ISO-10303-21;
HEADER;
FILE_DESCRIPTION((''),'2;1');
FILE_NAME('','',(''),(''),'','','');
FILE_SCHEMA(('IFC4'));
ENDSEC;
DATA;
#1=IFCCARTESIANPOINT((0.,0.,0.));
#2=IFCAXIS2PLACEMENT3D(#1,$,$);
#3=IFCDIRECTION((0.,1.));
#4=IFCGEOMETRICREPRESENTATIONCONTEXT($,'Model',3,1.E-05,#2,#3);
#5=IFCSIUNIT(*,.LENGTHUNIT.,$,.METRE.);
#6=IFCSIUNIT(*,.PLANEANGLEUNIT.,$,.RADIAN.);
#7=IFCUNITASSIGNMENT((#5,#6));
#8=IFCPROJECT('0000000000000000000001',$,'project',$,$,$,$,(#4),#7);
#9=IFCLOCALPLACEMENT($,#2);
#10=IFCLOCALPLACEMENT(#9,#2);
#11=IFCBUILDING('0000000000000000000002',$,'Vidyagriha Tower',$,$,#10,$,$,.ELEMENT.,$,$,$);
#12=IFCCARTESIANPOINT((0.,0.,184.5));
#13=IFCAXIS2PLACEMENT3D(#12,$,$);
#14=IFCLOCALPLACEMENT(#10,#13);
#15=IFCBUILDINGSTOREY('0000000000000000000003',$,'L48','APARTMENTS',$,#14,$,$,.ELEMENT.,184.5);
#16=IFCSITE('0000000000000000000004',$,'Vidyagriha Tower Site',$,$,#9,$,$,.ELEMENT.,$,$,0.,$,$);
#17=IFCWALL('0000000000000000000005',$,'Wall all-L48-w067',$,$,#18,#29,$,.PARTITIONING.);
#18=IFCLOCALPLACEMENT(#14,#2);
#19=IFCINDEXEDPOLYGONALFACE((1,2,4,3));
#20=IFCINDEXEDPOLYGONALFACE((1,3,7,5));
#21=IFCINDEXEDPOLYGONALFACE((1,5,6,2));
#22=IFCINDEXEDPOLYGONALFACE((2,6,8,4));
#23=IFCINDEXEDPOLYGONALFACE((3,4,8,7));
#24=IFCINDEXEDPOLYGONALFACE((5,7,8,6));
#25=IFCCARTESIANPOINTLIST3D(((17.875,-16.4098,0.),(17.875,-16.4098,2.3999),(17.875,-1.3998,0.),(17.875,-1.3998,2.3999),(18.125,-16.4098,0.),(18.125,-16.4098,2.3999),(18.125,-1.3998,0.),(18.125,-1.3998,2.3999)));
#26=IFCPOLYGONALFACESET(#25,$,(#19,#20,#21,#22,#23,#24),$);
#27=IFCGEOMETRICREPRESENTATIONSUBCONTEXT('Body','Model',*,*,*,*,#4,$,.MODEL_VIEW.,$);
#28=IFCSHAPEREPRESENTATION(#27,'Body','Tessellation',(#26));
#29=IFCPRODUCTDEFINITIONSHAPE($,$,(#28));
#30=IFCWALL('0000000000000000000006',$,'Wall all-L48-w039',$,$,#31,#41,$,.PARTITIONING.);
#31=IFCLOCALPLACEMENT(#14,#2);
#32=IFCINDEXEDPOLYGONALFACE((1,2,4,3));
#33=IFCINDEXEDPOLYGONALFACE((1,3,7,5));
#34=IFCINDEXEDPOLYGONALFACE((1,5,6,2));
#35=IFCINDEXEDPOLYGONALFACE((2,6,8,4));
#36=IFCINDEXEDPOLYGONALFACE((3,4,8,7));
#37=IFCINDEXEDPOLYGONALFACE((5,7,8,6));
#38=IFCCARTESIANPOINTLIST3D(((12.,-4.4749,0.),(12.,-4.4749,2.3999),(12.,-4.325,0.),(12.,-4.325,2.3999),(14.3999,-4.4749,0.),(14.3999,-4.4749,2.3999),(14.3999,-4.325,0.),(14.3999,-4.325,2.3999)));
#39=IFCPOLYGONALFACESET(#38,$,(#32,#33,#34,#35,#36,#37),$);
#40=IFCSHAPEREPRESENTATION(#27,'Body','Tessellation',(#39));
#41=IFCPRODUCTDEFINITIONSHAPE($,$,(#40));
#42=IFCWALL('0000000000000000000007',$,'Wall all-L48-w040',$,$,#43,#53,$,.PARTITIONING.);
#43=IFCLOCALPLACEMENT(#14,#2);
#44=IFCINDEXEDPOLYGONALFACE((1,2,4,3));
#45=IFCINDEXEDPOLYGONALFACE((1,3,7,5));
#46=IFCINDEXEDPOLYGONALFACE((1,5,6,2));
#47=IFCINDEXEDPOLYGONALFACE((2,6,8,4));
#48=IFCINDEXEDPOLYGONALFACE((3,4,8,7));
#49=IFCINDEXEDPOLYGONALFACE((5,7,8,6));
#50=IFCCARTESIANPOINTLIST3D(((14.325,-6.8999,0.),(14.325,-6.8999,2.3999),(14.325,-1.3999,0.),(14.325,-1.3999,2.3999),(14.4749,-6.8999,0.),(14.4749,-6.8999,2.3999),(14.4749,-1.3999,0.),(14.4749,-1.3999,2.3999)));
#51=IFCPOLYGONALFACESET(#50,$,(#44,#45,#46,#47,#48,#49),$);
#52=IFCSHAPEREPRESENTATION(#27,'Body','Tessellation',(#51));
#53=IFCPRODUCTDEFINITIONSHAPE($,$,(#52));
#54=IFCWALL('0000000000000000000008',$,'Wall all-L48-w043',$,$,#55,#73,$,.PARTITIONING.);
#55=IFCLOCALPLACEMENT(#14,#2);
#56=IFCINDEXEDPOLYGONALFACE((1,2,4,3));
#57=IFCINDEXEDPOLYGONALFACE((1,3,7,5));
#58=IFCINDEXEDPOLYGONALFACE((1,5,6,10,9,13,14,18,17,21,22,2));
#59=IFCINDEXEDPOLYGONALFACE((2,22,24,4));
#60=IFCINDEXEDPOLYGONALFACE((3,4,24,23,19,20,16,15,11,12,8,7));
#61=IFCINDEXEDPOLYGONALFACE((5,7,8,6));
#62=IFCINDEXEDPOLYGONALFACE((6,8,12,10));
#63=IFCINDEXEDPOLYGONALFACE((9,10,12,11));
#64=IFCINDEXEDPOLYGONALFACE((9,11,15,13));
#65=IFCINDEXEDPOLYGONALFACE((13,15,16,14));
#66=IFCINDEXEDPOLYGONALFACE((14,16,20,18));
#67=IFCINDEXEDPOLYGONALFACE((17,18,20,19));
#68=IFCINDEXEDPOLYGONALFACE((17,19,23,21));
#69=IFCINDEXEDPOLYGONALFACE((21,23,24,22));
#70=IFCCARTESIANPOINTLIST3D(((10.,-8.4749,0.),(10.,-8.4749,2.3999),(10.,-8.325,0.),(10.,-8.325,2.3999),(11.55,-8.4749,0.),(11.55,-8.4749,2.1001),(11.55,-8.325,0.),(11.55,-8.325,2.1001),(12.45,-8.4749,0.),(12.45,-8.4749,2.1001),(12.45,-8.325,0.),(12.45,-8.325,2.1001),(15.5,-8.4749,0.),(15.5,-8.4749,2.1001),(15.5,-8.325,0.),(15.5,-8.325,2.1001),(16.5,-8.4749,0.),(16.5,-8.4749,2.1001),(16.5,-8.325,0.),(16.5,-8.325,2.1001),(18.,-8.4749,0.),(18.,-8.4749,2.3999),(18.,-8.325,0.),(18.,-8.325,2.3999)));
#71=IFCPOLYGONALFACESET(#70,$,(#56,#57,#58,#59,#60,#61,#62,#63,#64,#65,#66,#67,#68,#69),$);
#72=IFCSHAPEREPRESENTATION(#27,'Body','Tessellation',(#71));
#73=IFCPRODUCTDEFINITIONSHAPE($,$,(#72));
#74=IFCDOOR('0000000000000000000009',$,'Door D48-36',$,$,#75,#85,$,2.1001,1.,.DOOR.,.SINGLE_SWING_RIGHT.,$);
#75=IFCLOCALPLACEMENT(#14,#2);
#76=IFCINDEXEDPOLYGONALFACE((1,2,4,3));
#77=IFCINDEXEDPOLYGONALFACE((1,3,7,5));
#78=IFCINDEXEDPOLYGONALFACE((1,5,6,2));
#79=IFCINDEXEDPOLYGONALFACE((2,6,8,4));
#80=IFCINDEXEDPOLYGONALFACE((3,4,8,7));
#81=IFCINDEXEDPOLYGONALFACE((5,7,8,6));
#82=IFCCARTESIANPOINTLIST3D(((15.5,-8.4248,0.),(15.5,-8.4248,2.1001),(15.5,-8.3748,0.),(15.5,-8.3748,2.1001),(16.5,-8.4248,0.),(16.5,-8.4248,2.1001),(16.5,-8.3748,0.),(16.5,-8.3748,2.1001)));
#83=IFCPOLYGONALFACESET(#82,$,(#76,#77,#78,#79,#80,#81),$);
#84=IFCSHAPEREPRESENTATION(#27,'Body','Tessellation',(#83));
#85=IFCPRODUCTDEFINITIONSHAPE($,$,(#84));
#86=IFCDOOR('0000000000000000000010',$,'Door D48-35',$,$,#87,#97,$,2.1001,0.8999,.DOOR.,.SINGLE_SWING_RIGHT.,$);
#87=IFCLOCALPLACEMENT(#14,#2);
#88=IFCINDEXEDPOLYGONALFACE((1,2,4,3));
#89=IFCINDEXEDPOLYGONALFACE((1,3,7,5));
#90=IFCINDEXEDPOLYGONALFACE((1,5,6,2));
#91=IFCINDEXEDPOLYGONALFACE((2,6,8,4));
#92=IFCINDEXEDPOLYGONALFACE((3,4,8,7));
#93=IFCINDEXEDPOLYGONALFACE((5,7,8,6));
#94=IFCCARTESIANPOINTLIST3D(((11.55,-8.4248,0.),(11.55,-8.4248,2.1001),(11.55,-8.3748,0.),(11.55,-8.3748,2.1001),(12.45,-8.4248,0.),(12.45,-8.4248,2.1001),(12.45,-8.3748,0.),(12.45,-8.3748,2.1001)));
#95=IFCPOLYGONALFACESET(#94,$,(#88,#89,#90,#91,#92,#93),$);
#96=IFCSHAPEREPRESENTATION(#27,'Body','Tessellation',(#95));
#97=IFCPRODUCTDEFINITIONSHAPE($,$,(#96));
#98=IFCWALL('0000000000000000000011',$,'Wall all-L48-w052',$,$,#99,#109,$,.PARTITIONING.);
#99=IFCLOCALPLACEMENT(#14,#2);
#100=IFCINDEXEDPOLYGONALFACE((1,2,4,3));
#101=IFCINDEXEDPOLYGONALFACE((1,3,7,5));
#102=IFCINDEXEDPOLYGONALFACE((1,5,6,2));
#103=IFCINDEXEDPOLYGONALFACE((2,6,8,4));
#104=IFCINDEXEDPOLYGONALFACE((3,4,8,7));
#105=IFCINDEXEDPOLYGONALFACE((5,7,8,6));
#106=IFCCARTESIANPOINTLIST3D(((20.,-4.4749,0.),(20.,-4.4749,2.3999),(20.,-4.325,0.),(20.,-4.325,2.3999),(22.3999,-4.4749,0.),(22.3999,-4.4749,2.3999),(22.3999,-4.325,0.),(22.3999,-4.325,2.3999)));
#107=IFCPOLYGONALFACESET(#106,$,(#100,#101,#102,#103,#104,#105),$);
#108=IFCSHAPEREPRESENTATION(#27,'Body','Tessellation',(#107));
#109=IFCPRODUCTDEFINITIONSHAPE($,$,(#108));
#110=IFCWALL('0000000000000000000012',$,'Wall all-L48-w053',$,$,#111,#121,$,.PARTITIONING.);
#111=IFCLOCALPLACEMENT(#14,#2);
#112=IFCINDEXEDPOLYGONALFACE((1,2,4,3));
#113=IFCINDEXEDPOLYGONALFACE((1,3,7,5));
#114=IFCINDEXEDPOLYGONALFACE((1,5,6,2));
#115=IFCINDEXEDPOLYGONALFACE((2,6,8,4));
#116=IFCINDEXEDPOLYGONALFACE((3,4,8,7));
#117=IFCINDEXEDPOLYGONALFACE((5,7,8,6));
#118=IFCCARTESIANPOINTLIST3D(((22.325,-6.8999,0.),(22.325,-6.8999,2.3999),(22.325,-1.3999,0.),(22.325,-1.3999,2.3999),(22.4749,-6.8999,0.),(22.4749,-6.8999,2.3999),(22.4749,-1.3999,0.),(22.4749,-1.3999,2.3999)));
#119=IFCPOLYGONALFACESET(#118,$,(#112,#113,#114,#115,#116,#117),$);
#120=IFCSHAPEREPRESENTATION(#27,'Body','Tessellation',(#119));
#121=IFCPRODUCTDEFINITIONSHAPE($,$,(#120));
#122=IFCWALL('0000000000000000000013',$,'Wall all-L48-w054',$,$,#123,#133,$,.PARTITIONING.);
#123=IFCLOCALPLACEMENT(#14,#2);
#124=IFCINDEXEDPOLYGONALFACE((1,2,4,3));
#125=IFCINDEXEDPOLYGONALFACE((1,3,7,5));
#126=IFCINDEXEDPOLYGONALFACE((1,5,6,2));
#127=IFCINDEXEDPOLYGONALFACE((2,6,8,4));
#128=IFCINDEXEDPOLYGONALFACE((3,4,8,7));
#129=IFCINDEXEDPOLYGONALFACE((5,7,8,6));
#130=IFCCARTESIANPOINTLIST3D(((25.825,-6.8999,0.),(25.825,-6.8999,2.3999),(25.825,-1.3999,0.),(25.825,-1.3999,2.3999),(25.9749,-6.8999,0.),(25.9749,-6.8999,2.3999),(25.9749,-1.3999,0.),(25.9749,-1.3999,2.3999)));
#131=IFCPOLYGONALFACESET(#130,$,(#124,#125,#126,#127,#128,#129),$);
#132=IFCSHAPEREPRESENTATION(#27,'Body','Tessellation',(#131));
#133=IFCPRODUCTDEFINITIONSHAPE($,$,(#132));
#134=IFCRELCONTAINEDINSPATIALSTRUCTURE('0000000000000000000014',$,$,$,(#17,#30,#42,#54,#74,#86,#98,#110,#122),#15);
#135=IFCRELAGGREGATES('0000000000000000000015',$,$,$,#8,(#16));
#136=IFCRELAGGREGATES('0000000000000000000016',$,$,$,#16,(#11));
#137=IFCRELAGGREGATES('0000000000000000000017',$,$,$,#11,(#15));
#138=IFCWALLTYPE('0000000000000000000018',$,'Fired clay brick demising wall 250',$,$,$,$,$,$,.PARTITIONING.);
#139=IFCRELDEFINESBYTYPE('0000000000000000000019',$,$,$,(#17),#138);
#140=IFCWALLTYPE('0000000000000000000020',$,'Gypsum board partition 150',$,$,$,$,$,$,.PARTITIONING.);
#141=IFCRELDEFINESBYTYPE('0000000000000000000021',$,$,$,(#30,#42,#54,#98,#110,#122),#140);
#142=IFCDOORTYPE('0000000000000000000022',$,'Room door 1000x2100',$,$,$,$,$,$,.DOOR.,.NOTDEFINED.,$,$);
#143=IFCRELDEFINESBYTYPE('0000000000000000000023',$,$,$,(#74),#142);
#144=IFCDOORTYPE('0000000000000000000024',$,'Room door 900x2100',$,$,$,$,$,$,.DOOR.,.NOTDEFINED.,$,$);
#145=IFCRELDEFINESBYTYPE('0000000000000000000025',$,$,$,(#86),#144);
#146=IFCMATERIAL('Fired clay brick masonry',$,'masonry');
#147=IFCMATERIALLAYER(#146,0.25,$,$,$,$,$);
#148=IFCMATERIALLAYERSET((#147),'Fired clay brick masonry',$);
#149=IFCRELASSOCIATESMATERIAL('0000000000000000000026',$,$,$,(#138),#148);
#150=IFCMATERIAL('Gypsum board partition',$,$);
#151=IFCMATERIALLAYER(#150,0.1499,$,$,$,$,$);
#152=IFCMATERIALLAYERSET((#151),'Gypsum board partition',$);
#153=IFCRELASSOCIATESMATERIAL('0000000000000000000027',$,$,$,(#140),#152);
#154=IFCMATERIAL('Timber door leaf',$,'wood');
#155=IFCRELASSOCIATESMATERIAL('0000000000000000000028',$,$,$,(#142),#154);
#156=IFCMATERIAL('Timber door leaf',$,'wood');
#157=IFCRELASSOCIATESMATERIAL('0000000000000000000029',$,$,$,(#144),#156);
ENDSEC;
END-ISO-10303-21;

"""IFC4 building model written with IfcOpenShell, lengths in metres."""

from ifc_helpers import new_model, si_unit, direction, frame, frame_2d, origin, place, context, subcontext, project, spatial, rectangle, extrude, material, layer, layer_set, type_object, element, fill, save


model = new_model("IFC4")

# Units and contexts
model_context = context("Model", 3, precision=1e-05, world=origin(), true_north=direction((0.0, 1.0)))
body_context = subcontext(model_context, "Body", "Model", "MODEL_VIEW")
ifc_project = project(units=[si_unit("LENGTHUNIT", "METRE"), si_unit("PLANEANGLEUNIT", "RADIAN")], contexts=[model_context])

# Site, building, storey
site_placement = place(None, origin())
site = spatial("IfcSite", under=ifc_project, at=site_placement, Name="Vidyagriha Tower Site", CompositionType="ELEMENT", RefElevation=0.0)
building_placement = place(site_placement, origin())
building = spatial("IfcBuilding", under=site, at=building_placement, Name="Vidyagriha Tower", CompositionType="ELEMENT")
storey_placement = place(building_placement, frame((0.0, 0.0, 184.5)))
storey = spatial("IfcBuildingStorey", under=building, at=storey_placement, Name="L48", Description="APARTMENTS", CompositionType="ELEMENT", Elevation=184.5)

# Walls
ifc_material_1 = material(Name="Fired clay brick masonry", Category="masonry")
ifc_layer_1 = layer(ifc_material_1, 0.25)
ifc_layer_set_1 = layer_set([ifc_layer_1], Name="Fired clay brick masonry")
wall_type_1 = type_object("IfcWallType", Name="Fired clay brick demising wall 250", PredefinedType="PARTITIONING", material=ifc_layer_set_1)
wall_1_placement = place(storey_placement, frame((18.0, -1.3999, 0.0), z_axis=(0.0, 0.0, 1.0), x_axis=(0.0, -1.0, 0.0)))
element("IfcWall", 1, at=wall_1_placement, inside=storey, type_object=wall_type_1, Name="Wall all-L48-w067", PredefinedType="PARTITIONING", context=body_context, shape_type="SweptSolid", body=[
    extrude(rectangle(XDim=15.01, YDim=0.25, at=frame_2d((7.5049, 0.0))), origin(), (0.0, 0.0, 1.0), 2.3999),
])
ifc_material_2 = material(Name="Gypsum board partition")
ifc_layer_2 = layer(ifc_material_2, 0.1499)
ifc_layer_set_2 = layer_set([ifc_layer_2], Name="Gypsum board partition")
wall_type_2 = type_object("IfcWallType", Name="Gypsum board partition 150", PredefinedType="PARTITIONING", material=ifc_layer_set_2)
wall_2_placement = place(storey_placement, frame((14.3999, -4.3999, 0.0), z_axis=(0.0, 0.0, 1.0), x_axis=(-1.0, 0.0, 0.0)))
element("IfcWall", 2, at=wall_2_placement, inside=storey, type_object=wall_type_2, Name="Wall all-L48-w039", PredefinedType="PARTITIONING", context=body_context, shape_type="SweptSolid", body=[
    extrude(rectangle(XDim=2.3999, YDim=0.1499, at=frame_2d((1.2, 0.0))), origin(), (0.0, 0.0, 1.0), 2.3999),
])
wall_3_placement = place(storey_placement, frame((14.3999, -1.3999, 0.0), z_axis=(0.0, 0.0, 1.0), x_axis=(0.0, -1.0, 0.0)))
element("IfcWall", 3, at=wall_3_placement, inside=storey, type_object=wall_type_2, Name="Wall all-L48-w040", PredefinedType="PARTITIONING", context=body_context, shape_type="SweptSolid", body=[
    extrude(rectangle(XDim=5.5, YDim=0.1499, at=frame_2d((2.75, 0.0))), origin(), (0.0, 0.0, 1.0), 2.3999),
])

# Wall, openings, doors
wall_4_placement = place(storey_placement, frame((18.0, -8.3999, 0.0), z_axis=(0.0, 0.0, 1.0), x_axis=(-1.0, 0.0, 0.0)))
wall_4 = element("IfcWall", 4, at=wall_4_placement, inside=storey, type_object=wall_type_2, Name="Wall all-L48-w043", PredefinedType="PARTITIONING", context=body_context, shape_type="SweptSolid", body=[
    extrude(rectangle(XDim=8.0, YDim=0.1499, at=frame_2d((4.0, 0.0))), origin(), (0.0, 0.0, 1.0), 2.3999),
])
opening_1_placement = place(wall_4_placement, frame((5.55, 0.0, 0.0)))
opening_1 = element("IfcOpeningElement", 5, at=opening_1_placement, cuts=wall_4, PredefinedType="OPENING", context=body_context, shape_type="SweptSolid", body=[
    extrude(rectangle(XDim=0.8999, YDim=2.1001, at=frame_2d((0.45, 1.05))), frame((0.0, 0.085, 0.0), z_axis=(0.0, -1.0, 0.0), x_axis=(1.0, 0.0, 0.0)), (0.0, 0.0, 1.0), 0.1699),
])
opening_2_placement = place(wall_4_placement, frame((1.5, 0.0, 0.0)))
opening_2 = element("IfcOpeningElement", 6, at=opening_2_placement, cuts=wall_4, PredefinedType="OPENING", context=body_context, shape_type="SweptSolid", body=[
    extrude(rectangle(XDim=1.0, YDim=2.1001, at=frame_2d((0.5, 1.05))), frame((0.0, 0.085, 0.0), z_axis=(0.0, -1.0, 0.0), x_axis=(1.0, 0.0, 0.0)), (0.0, 0.0, 1.0), 0.1699),
])
ifc_material_3 = material(Name="Timber door leaf", Category="wood")
door_type_1 = type_object("IfcDoorType", Name="Room door 1000x2100", OperationType="NOTDEFINED", PredefinedType="DOOR", material=ifc_material_3)
door_1_placement = place(opening_2_placement, origin())
door_1 = element("IfcDoor", 7, at=door_1_placement, inside=storey, type_object=door_type_1, Name="Door D48-36", OperationType="SINGLE_SWING_RIGHT", OverallHeight=2.1001, OverallWidth=1.0, PredefinedType="DOOR", context=body_context, shape_type="SweptSolid", body=[
    extrude(rectangle(XDim=1.0, YDim=2.1001, at=frame_2d((0.5, 1.05))), frame((0.0, 0.0249, 0.0), z_axis=(0.0, -1.0, 0.0), x_axis=(1.0, 0.0, 0.0)), (0.0, 0.0, 1.0), 0.05),
])
fill(opening_2, door_1)
ifc_material_4 = material(Name="Timber door leaf", Category="wood")
door_type_2 = type_object("IfcDoorType", Name="Room door 900x2100", OperationType="NOTDEFINED", PredefinedType="DOOR", material=ifc_material_4)
door_2_placement = place(opening_1_placement, origin())
door_2 = element("IfcDoor", 8, at=door_2_placement, inside=storey, type_object=door_type_2, Name="Door D48-35", OperationType="SINGLE_SWING_RIGHT", OverallHeight=2.1001, OverallWidth=0.8999, PredefinedType="DOOR", context=body_context, shape_type="SweptSolid", body=[
    extrude(rectangle(XDim=0.8999, YDim=2.1001, at=frame_2d((0.45, 1.05))), frame((0.0, 0.0249, 0.0), z_axis=(0.0, -1.0, 0.0), x_axis=(1.0, 0.0, 0.0)), (0.0, 0.0, 1.0), 0.05),
])
fill(opening_1, door_2)

# Walls
wall_5_placement = place(storey_placement, frame((22.3999, -4.3999, 0.0), z_axis=(0.0, 0.0, 1.0), x_axis=(-1.0, 0.0, 0.0)))
element("IfcWall", 9, at=wall_5_placement, inside=storey, type_object=wall_type_2, Name="Wall all-L48-w052", PredefinedType="PARTITIONING", context=body_context, shape_type="SweptSolid", body=[
    extrude(rectangle(XDim=2.3999, YDim=0.1499, at=frame_2d((1.2, 0.0))), origin(), (0.0, 0.0, 1.0), 2.3999),
])
for number, where, z_axis, x_axis, name in (
    (10, (22.3999, -1.3999, 0.0), (0.0, 0.0, 1.0), (0.0, -1.0, 0.0), "Wall all-L48-w053"),
    (11, (25.8999, -1.3999, 0.0), (0.0, 0.0, 1.0), (0.0, -1.0, 0.0), "Wall all-L48-w054"),
):
    element("IfcWall", number, at=place(storey_placement, frame(where, z_axis=z_axis, x_axis=x_axis)), inside=storey, type_object=wall_type_2, Name=name, PredefinedType="PARTITIONING", context=body_context, shape_type="SweptSolid", body=[
        extrude(rectangle(XDim=5.5, YDim=0.1499, at=frame_2d((2.75, 0.0))), origin(), (0.0, 0.0, 1.0), 2.3999),
    ])

save(model, "model.ifc")
